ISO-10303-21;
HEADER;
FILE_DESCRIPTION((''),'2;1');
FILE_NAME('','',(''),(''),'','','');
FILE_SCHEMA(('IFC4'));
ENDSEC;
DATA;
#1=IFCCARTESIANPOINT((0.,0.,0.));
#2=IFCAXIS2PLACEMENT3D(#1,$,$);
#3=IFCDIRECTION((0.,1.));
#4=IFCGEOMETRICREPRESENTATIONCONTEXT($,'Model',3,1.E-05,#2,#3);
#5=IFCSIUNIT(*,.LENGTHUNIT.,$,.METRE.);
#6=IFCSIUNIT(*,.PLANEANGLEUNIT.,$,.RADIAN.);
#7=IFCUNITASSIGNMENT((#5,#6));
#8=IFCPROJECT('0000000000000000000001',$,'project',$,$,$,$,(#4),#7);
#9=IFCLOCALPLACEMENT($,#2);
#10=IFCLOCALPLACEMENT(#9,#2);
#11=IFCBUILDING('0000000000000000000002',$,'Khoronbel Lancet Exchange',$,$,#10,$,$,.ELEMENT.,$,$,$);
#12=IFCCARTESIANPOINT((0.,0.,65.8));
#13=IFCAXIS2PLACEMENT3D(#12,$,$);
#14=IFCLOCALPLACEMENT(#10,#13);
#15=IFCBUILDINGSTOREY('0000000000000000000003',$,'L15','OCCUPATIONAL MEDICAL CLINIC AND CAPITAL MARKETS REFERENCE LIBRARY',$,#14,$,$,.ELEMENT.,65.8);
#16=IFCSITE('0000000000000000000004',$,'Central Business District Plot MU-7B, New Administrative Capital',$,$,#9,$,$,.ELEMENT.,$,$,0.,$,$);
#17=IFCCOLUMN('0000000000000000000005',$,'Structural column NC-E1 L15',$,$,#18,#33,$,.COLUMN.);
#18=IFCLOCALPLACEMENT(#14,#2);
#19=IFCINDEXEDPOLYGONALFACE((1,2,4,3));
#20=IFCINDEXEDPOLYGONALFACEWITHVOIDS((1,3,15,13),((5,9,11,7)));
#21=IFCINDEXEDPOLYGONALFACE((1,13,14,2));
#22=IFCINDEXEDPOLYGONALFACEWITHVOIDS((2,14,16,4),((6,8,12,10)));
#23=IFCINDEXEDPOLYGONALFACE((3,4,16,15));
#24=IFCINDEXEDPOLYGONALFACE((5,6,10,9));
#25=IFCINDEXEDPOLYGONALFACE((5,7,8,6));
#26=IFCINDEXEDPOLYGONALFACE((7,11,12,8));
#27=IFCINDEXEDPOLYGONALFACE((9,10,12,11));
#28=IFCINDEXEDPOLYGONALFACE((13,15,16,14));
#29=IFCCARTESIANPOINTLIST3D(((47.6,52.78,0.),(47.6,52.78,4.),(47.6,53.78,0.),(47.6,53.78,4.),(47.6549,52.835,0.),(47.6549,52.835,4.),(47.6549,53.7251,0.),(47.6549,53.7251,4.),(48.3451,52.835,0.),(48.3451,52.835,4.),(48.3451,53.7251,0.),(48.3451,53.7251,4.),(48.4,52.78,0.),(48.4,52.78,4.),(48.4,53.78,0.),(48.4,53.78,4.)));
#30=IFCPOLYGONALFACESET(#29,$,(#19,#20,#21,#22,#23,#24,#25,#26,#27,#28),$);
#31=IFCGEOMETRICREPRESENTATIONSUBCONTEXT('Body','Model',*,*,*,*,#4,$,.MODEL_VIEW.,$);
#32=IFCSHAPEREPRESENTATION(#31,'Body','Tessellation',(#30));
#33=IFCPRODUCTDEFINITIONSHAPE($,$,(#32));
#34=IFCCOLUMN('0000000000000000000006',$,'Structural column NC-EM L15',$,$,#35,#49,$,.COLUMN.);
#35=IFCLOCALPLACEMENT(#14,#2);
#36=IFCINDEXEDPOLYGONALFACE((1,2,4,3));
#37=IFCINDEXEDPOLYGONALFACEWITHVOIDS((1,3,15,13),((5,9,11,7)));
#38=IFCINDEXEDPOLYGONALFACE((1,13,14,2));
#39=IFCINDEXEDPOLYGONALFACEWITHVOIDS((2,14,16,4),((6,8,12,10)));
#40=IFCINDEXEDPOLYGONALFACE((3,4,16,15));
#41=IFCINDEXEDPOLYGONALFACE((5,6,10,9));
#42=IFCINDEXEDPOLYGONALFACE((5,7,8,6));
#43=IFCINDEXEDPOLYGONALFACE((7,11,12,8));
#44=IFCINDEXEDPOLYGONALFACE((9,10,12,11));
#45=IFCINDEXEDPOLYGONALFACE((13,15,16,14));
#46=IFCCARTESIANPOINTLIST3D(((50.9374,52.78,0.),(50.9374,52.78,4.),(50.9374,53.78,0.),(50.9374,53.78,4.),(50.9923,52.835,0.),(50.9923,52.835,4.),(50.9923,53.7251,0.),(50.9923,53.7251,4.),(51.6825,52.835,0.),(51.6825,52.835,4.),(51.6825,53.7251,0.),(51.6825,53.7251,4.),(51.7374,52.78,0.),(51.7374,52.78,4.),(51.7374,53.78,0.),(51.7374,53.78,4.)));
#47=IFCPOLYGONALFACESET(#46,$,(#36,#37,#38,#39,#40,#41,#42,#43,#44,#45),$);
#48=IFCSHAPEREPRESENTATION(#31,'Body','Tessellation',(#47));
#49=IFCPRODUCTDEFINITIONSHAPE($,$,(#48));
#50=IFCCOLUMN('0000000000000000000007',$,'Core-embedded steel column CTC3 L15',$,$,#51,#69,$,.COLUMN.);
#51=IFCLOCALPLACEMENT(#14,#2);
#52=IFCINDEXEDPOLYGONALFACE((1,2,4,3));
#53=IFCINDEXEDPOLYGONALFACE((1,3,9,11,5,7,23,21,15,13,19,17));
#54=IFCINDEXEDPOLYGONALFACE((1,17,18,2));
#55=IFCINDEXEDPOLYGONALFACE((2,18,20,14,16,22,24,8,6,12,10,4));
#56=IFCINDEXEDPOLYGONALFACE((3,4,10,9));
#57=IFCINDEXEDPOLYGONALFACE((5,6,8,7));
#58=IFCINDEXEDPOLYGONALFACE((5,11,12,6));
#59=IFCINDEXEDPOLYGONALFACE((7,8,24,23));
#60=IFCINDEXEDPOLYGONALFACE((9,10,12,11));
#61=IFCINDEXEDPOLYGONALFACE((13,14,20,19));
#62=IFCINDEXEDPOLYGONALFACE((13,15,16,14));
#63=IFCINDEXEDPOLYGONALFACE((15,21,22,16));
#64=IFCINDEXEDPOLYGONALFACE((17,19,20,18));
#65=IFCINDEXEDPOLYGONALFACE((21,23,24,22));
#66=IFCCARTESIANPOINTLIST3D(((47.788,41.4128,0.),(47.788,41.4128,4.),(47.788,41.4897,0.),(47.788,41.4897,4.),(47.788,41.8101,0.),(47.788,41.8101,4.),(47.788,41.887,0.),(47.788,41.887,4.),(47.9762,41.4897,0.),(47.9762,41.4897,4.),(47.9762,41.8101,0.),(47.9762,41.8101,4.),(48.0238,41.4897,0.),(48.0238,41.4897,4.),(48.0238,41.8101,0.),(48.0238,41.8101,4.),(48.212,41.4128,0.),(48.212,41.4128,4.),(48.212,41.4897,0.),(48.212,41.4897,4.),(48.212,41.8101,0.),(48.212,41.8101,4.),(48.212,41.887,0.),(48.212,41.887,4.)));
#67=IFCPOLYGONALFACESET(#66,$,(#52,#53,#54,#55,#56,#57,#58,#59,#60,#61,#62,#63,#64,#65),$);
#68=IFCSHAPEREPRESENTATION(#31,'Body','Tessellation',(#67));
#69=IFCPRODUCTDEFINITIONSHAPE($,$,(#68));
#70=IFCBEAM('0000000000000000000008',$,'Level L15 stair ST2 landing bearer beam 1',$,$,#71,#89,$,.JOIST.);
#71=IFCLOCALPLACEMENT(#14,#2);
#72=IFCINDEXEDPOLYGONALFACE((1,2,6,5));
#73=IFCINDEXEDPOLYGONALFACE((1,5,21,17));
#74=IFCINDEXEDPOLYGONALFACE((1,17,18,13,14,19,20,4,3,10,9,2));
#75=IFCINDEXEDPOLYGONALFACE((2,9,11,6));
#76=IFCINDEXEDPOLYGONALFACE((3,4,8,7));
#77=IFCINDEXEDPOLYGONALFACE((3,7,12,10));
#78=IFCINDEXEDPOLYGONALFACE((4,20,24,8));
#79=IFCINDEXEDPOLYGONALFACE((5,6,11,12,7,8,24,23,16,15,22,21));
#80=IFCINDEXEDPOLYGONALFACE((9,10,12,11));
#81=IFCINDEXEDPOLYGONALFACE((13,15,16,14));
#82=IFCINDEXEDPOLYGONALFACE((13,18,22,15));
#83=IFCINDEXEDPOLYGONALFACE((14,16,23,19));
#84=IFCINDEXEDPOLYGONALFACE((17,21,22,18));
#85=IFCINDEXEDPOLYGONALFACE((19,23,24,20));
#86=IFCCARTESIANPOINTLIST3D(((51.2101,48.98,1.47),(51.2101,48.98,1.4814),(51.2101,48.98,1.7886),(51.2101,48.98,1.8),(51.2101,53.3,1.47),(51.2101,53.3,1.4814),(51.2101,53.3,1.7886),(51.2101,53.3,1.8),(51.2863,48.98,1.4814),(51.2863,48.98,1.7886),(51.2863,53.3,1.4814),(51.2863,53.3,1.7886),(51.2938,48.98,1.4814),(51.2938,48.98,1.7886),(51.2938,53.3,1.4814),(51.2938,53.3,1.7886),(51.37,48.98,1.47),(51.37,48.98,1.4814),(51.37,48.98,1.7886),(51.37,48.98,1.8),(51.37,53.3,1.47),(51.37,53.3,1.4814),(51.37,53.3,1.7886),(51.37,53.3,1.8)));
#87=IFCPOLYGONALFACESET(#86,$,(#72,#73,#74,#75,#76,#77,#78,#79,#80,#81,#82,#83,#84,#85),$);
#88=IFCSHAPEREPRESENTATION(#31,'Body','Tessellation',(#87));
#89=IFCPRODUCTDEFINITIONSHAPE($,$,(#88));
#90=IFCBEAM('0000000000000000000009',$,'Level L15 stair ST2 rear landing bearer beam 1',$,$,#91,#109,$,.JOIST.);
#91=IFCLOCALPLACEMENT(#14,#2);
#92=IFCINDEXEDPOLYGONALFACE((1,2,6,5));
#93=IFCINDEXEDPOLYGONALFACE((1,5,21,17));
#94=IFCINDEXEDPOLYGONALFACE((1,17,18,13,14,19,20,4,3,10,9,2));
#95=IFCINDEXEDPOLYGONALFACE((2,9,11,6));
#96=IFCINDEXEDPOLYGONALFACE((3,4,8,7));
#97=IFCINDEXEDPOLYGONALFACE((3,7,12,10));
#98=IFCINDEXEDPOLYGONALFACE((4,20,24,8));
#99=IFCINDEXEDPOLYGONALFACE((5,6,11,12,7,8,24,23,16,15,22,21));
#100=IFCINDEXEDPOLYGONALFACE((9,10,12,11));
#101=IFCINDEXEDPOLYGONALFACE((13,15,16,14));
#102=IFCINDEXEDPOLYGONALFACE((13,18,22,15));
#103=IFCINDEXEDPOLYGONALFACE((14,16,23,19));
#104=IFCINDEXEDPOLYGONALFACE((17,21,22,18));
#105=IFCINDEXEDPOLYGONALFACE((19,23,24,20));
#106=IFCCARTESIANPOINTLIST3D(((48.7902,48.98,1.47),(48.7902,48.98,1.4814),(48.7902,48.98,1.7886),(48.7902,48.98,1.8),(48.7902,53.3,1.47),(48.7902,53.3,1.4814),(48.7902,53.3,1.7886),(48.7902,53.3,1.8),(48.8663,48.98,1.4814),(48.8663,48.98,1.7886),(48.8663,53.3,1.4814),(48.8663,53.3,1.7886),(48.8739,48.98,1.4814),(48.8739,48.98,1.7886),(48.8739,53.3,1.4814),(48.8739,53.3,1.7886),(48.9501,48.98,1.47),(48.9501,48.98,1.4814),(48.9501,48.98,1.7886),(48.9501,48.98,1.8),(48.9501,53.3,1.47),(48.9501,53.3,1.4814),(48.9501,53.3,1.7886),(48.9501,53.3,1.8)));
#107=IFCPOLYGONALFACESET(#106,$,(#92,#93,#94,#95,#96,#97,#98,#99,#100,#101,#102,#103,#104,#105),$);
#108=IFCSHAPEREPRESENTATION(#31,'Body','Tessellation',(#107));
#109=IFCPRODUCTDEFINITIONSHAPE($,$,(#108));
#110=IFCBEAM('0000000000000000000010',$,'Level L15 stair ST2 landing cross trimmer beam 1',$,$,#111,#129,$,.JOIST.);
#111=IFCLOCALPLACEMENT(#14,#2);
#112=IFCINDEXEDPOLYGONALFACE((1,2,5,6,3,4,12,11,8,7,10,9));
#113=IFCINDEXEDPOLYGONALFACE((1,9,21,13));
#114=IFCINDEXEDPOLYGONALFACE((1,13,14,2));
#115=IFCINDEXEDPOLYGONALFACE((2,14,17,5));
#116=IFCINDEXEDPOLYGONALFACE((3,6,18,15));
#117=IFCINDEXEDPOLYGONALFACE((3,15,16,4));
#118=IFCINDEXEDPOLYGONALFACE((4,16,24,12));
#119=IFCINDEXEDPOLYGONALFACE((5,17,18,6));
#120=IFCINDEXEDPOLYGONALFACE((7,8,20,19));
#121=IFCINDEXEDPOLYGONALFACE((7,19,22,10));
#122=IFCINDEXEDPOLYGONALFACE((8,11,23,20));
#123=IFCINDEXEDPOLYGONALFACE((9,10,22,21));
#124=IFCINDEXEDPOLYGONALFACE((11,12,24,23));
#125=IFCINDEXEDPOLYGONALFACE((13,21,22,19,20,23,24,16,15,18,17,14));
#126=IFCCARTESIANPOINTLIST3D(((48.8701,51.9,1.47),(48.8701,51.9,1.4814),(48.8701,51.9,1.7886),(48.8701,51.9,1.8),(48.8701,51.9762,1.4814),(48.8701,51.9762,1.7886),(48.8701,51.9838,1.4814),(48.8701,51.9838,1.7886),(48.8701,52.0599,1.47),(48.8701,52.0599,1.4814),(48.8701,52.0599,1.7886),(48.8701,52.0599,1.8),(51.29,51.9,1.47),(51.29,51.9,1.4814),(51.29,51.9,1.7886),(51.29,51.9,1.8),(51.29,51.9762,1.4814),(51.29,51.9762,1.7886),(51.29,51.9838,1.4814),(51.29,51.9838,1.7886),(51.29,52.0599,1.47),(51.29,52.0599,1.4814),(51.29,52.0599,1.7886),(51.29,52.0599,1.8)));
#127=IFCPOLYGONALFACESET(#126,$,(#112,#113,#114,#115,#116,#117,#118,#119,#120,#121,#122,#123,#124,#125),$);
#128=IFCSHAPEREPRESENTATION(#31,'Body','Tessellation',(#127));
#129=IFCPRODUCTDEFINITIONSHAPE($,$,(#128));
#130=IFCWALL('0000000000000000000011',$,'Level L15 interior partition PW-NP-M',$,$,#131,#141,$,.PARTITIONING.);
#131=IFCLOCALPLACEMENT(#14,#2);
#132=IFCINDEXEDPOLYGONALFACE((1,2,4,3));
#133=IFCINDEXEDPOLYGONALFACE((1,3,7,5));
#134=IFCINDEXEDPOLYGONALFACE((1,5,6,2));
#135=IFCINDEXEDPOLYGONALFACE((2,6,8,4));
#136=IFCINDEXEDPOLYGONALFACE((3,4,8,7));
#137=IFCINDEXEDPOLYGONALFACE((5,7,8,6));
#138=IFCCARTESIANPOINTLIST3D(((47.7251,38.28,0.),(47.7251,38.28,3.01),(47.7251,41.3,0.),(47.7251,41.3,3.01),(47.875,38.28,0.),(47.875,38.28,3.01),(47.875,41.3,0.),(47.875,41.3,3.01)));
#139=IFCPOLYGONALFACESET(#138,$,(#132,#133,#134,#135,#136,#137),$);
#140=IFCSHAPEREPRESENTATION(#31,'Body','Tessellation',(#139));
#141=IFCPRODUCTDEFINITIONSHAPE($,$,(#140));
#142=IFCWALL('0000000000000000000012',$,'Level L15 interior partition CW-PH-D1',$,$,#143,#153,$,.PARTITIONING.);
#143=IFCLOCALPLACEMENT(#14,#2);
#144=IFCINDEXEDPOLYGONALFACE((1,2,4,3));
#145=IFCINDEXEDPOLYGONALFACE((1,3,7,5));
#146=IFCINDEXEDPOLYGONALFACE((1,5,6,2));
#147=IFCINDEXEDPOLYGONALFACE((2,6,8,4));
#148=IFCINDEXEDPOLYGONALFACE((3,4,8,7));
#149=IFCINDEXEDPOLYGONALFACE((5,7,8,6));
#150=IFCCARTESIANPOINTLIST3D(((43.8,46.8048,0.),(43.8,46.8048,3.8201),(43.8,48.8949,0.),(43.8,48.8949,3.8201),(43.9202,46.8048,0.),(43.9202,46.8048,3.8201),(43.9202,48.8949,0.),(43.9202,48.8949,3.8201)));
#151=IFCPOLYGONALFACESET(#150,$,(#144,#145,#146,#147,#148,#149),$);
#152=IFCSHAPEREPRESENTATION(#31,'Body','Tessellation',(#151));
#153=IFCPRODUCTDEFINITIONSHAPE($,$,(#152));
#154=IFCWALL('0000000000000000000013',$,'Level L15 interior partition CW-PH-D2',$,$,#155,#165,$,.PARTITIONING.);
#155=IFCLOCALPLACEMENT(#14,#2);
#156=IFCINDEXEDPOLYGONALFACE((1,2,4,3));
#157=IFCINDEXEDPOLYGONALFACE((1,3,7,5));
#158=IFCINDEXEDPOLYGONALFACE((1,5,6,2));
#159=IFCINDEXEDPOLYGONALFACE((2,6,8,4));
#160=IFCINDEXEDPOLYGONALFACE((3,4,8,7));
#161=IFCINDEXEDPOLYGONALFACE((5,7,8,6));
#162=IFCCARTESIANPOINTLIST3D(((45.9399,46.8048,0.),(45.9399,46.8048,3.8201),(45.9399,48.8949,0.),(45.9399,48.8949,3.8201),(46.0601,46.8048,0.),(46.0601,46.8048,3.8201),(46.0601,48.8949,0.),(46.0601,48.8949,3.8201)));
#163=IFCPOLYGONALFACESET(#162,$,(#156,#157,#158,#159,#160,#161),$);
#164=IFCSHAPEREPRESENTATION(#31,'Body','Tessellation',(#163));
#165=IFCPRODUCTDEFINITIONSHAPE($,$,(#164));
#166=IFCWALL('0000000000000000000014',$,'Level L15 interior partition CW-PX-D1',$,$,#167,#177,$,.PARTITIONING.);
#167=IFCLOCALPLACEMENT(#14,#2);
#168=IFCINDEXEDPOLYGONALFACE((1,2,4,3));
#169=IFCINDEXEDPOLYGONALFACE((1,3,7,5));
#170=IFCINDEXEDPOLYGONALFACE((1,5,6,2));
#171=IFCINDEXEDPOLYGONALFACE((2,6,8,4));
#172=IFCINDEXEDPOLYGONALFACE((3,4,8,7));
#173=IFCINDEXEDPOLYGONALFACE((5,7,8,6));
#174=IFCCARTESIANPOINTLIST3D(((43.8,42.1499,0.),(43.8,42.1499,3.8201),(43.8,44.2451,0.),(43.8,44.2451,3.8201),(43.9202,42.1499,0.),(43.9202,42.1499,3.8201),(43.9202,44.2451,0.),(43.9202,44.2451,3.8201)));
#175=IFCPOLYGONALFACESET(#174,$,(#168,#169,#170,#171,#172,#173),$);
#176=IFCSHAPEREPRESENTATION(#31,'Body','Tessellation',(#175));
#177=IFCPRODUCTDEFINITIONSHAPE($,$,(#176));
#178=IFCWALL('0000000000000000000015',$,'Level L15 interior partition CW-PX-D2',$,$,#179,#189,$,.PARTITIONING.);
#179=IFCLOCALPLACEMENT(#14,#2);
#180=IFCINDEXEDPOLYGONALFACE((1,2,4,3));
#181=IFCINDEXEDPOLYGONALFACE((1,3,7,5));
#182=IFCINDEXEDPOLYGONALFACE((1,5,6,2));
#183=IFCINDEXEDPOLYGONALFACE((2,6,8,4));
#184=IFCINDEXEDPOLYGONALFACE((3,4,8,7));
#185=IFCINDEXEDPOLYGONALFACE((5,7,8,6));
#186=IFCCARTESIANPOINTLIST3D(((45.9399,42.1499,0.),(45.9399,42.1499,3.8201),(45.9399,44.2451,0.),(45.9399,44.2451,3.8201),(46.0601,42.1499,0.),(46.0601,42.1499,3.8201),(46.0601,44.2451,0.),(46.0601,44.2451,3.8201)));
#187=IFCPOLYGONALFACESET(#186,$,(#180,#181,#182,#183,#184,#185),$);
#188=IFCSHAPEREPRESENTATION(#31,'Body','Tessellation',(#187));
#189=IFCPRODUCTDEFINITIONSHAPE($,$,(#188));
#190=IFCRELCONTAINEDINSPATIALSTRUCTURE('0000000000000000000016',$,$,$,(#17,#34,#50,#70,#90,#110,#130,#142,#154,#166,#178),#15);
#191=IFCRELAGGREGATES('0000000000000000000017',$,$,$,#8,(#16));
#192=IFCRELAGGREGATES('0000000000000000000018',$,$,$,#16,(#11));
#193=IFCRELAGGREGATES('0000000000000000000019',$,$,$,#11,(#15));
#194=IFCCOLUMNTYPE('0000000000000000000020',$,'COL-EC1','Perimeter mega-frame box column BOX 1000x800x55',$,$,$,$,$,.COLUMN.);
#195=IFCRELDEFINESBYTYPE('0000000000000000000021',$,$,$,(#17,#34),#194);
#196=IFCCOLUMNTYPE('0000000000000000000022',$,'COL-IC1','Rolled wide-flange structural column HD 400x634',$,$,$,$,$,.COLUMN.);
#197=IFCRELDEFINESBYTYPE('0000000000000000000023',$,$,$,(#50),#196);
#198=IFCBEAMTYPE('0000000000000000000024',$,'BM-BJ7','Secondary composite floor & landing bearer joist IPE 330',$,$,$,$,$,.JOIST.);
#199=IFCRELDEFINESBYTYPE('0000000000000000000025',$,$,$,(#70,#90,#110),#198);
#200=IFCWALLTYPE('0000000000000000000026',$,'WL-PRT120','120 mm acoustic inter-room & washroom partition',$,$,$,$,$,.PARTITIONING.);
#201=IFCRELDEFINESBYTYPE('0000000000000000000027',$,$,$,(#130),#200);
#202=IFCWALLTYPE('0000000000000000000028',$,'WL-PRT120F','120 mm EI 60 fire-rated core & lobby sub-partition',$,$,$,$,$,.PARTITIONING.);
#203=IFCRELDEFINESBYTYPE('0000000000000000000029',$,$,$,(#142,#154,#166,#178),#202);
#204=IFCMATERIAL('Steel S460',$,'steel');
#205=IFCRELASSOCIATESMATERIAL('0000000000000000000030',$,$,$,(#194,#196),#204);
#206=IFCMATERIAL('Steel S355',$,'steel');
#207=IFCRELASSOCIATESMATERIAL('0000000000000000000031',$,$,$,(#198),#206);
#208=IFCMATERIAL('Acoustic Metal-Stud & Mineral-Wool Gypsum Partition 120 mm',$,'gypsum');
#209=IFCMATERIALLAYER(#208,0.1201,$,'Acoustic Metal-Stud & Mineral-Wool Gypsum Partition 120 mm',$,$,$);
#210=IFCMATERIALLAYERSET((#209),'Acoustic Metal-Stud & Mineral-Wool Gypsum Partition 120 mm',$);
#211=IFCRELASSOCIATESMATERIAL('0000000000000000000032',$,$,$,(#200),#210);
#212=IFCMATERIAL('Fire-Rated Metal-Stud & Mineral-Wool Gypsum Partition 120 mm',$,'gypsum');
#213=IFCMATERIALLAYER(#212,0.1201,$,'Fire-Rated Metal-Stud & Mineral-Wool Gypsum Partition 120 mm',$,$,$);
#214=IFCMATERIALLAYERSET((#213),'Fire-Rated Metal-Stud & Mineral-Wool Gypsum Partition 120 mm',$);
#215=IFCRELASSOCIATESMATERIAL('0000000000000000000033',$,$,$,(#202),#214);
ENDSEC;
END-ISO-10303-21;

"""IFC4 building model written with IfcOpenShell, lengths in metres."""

from ifc_helpers import new_model, si_unit, direction, frame, frame_2d, origin, origin_2d, place, context, subcontext, project, spatial, rectangle, hollow_rectangle, i_section, extrude, material, layer, layer_set, material_profile, profile_set, type_object, element, save


model = new_model("IFC4")

# Units and contexts
model_context = context("Model", 3, precision=1e-05, world=origin(), true_north=direction((0.0, 1.0)))
body_context = subcontext(model_context, "Body", "Model", "MODEL_VIEW")
ifc_project = project(units=[si_unit("LENGTHUNIT", "METRE"), si_unit("PLANEANGLEUNIT", "RADIAN")], contexts=[model_context])

# Site, building, storey
site_placement = place(None, origin())
site = spatial("IfcSite", under=ifc_project, at=site_placement, Name="Central Business District Plot MU-7B, New Administrative Capital", CompositionType="ELEMENT", RefElevation=0.0)
building_placement = place(site_placement, origin())
building = spatial("IfcBuilding", under=site, at=building_placement, Name="Khoronbel Lancet Exchange", CompositionType="ELEMENT")
storey_placement = place(building_placement, frame((0.0, 0.0, 65.8)))
storey = spatial("IfcBuildingStorey", under=building, at=storey_placement, Name="L15", Description="OCCUPATIONAL MEDICAL CLINIC AND CAPITAL MARKETS REFERENCE LIBRARY", CompositionType="ELEMENT", Elevation=65.8)

# Columns
ifc_material_1 = material(Name="Steel S460", Category="steel")
ifc_material_profile_1 = material_profile(ifc_material_1, hollow_rectangle(XDim=0.8, YDim=1.0, WallThickness=0.0549, at=origin_2d()), Name="BOX 1000x800x55")
ifc_profile_set_1 = profile_set([ifc_material_profile_1], Name="Steel S460")
column_type_1 = type_object("IfcColumnType", Name="COL-EC1", Description="Perimeter mega-frame box column BOX 1000x800x55", PredefinedType="COLUMN", material=ifc_profile_set_1)
for number, where, z_axis, x_axis, name in (
    (1, (48.0, 53.28, 0.0), (0.0, 0.0, 1.0), (1.0, 0.0, 0.0), "Structural column NC-E1 L15"),
    (2, (51.3374, 53.28, 0.0), (0.0, 0.0, 1.0), (1.0, 0.0, 0.0), "Structural column NC-EM L15"),
):
    element("IfcColumn", number, at=place(storey_placement, frame(where, z_axis=z_axis, x_axis=x_axis)), inside=storey, type_object=column_type_1, Name=name, PredefinedType="COLUMN", context=body_context, shape_type="SweptSolid", body=[
        extrude(hollow_rectangle(XDim=0.8, YDim=1.0, WallThickness=0.0549, at=origin_2d()), origin(), (0.0, 0.0, 1.0), 4.0),
    ])
ifc_material_profile_2 = material_profile(ifc_material_1, i_section(OverallWidth=0.4241, OverallDepth=0.4741, WebThickness=0.0476, FlangeThickness=0.0769, at=origin_2d()), Name="HD 400x634")
ifc_profile_set_2 = profile_set([ifc_material_profile_2], Name="Steel S460")
column_type_2 = type_object("IfcColumnType", Name="COL-IC1", Description="Rolled wide-flange structural column HD 400x634", PredefinedType="COLUMN", material=ifc_profile_set_2)
column_placement = place(storey_placement, frame((48.0, 41.6499, 0.0), z_axis=(0.0, 0.0, 1.0), x_axis=(1.0, 0.0, 0.0)))
element("IfcColumn", 3, at=column_placement, inside=storey, type_object=column_type_2, Name="Core-embedded steel column CTC3 L15", PredefinedType="COLUMN", context=body_context, shape_type="SweptSolid", body=[
    extrude(i_section(OverallWidth=0.4241, OverallDepth=0.4741, WebThickness=0.0476, FlangeThickness=0.0769, at=origin_2d()), origin(), (0.0, 0.0, 1.0), 4.0),
])

# Beams
ifc_material_2 = material(Name="Steel S355", Category="steel")
ifc_material_profile_3 = material_profile(ifc_material_2, i_section(OverallWidth=0.1599, OverallDepth=0.3301, WebThickness=0.0076, FlangeThickness=0.0115, at=origin_2d()), Name="IPE 330")
ifc_profile_set_3 = profile_set([ifc_material_profile_3], Name="Steel S355")
beam_type = type_object("IfcBeamType", Name="BM-BJ7", Description="Secondary composite floor & landing bearer joist IPE 330", PredefinedType="JOIST", material=ifc_profile_set_3)
for number, where, z_axis, x_axis, name in (
    (4, (51.29, 48.98, 1.635), (0.0, 1.0, 0.0), (-1.0, 0.0, 0.0), "Level L15 stair ST2 landing bearer beam 1"),
    (5, (48.8701, 48.98, 1.635), (0.0, 1.0, 0.0), (-1.0, 0.0, 0.0), "Level L15 stair ST2 rear landing bearer beam 1"),
):
    element("IfcBeam", number, at=place(storey_placement, frame(where, z_axis=z_axis, x_axis=x_axis)), inside=storey, type_object=beam_type, Name=name, PredefinedType="JOIST", context=body_context, shape_type="SweptSolid", body=[
        extrude(i_section(OverallWidth=0.1599, OverallDepth=0.3301, WebThickness=0.0076, FlangeThickness=0.0115, at=origin_2d()), origin(), (0.0, 0.0, 1.0), 4.3201),
    ])
beam_placement = place(storey_placement, frame((48.8701, 51.98, 1.635), z_axis=(1.0, 0.0, 0.0), x_axis=(0.0, 1.0, 0.0)))
element("IfcBeam", 6, at=beam_placement, inside=storey, type_object=beam_type, Name="Level L15 stair ST2 landing cross trimmer beam 1", PredefinedType="JOIST", context=body_context, shape_type="SweptSolid", body=[
    extrude(i_section(OverallWidth=0.1599, OverallDepth=0.3301, WebThickness=0.0076, FlangeThickness=0.0115, at=origin_2d()), origin(), (0.0, 0.0, 1.0), 2.4199),
])

# Walls
ifc_material_3 = material(Name="Acoustic Metal-Stud & Mineral-Wool Gypsum Partition 120 mm", Category="gypsum")
ifc_layer_1 = layer(ifc_material_3, 0.1201, Name="Acoustic Metal-Stud & Mineral-Wool Gypsum Partition 120 mm")
ifc_layer_set_1 = layer_set([ifc_layer_1], Name="Acoustic Metal-Stud & Mineral-Wool Gypsum Partition 120 mm")
wall_type_1 = type_object("IfcWallType", Name="WL-PRT120", Description="120 mm acoustic inter-room & washroom partition", PredefinedType="PARTITIONING", material=ifc_layer_set_1)
wall_1_placement = place(storey_placement, frame((47.8, 38.28, 0.0), z_axis=(0.0, 0.0, 1.0), x_axis=(0.0, 1.0, 0.0)))
element("IfcWall", 7, at=wall_1_placement, inside=storey, type_object=wall_type_1, Name="Level L15 interior partition PW-NP-M", PredefinedType="PARTITIONING", context=body_context, shape_type="SweptSolid", body=[
    extrude(rectangle(XDim=3.02, YDim=0.1499, at=frame_2d((1.51, 0.0))), origin(), (0.0, 0.0, 1.0), 3.01),
])
ifc_material_4 = material(Name="Fire-Rated Metal-Stud & Mineral-Wool Gypsum Partition 120 mm", Category="gypsum")
ifc_layer_2 = layer(ifc_material_4, 0.1201, Name="Fire-Rated Metal-Stud & Mineral-Wool Gypsum Partition 120 mm")
ifc_layer_set_2 = layer_set([ifc_layer_2], Name="Fire-Rated Metal-Stud & Mineral-Wool Gypsum Partition 120 mm")
wall_type_2 = type_object("IfcWallType", Name="WL-PRT120F", Description="120 mm EI 60 fire-rated core & lobby sub-partition", PredefinedType="PARTITIONING", material=ifc_layer_set_2)
for number, where, z_axis, x_axis, name in (
    (8, (43.8601, 46.8049, 0.0), (0.0, 0.0, 1.0), (0.0, 1.0, 0.0), "Level L15 interior partition CW-PH-D1"),
    (9, (46.0, 46.8049, 0.0), (0.0, 0.0, 1.0), (0.0, 1.0, 0.0), "Level L15 interior partition CW-PH-D2"),
):
    element("IfcWall", number, at=place(storey_placement, frame(where, z_axis=z_axis, x_axis=x_axis)), inside=storey, type_object=wall_type_2, Name=name, PredefinedType="PARTITIONING", context=body_context, shape_type="SweptSolid", body=[
        extrude(rectangle(XDim=2.0901, YDim=0.1201, at=frame_2d((1.0449, 0.0))), origin(), (0.0, 0.0, 1.0), 3.8201),
    ])
for number, where, z_axis, x_axis, name in (
    (10, (43.8601, 42.1499, 0.0), (0.0, 0.0, 1.0), (0.0, 1.0, 0.0), "Level L15 interior partition CW-PX-D1"),
    (11, (46.0, 42.1499, 0.0), (0.0, 0.0, 1.0), (0.0, 1.0, 0.0), "Level L15 interior partition CW-PX-D2"),
):
    element("IfcWall", number, at=place(storey_placement, frame(where, z_axis=z_axis, x_axis=x_axis)), inside=storey, type_object=wall_type_2, Name=name, PredefinedType="PARTITIONING", context=body_context, shape_type="SweptSolid", body=[
        extrude(rectangle(XDim=2.0952, YDim=0.1201, at=frame_2d((1.0476, 0.0))), origin(), (0.0, 0.0, 1.0), 3.8201),
    ])

save(model, "model.ifc")
